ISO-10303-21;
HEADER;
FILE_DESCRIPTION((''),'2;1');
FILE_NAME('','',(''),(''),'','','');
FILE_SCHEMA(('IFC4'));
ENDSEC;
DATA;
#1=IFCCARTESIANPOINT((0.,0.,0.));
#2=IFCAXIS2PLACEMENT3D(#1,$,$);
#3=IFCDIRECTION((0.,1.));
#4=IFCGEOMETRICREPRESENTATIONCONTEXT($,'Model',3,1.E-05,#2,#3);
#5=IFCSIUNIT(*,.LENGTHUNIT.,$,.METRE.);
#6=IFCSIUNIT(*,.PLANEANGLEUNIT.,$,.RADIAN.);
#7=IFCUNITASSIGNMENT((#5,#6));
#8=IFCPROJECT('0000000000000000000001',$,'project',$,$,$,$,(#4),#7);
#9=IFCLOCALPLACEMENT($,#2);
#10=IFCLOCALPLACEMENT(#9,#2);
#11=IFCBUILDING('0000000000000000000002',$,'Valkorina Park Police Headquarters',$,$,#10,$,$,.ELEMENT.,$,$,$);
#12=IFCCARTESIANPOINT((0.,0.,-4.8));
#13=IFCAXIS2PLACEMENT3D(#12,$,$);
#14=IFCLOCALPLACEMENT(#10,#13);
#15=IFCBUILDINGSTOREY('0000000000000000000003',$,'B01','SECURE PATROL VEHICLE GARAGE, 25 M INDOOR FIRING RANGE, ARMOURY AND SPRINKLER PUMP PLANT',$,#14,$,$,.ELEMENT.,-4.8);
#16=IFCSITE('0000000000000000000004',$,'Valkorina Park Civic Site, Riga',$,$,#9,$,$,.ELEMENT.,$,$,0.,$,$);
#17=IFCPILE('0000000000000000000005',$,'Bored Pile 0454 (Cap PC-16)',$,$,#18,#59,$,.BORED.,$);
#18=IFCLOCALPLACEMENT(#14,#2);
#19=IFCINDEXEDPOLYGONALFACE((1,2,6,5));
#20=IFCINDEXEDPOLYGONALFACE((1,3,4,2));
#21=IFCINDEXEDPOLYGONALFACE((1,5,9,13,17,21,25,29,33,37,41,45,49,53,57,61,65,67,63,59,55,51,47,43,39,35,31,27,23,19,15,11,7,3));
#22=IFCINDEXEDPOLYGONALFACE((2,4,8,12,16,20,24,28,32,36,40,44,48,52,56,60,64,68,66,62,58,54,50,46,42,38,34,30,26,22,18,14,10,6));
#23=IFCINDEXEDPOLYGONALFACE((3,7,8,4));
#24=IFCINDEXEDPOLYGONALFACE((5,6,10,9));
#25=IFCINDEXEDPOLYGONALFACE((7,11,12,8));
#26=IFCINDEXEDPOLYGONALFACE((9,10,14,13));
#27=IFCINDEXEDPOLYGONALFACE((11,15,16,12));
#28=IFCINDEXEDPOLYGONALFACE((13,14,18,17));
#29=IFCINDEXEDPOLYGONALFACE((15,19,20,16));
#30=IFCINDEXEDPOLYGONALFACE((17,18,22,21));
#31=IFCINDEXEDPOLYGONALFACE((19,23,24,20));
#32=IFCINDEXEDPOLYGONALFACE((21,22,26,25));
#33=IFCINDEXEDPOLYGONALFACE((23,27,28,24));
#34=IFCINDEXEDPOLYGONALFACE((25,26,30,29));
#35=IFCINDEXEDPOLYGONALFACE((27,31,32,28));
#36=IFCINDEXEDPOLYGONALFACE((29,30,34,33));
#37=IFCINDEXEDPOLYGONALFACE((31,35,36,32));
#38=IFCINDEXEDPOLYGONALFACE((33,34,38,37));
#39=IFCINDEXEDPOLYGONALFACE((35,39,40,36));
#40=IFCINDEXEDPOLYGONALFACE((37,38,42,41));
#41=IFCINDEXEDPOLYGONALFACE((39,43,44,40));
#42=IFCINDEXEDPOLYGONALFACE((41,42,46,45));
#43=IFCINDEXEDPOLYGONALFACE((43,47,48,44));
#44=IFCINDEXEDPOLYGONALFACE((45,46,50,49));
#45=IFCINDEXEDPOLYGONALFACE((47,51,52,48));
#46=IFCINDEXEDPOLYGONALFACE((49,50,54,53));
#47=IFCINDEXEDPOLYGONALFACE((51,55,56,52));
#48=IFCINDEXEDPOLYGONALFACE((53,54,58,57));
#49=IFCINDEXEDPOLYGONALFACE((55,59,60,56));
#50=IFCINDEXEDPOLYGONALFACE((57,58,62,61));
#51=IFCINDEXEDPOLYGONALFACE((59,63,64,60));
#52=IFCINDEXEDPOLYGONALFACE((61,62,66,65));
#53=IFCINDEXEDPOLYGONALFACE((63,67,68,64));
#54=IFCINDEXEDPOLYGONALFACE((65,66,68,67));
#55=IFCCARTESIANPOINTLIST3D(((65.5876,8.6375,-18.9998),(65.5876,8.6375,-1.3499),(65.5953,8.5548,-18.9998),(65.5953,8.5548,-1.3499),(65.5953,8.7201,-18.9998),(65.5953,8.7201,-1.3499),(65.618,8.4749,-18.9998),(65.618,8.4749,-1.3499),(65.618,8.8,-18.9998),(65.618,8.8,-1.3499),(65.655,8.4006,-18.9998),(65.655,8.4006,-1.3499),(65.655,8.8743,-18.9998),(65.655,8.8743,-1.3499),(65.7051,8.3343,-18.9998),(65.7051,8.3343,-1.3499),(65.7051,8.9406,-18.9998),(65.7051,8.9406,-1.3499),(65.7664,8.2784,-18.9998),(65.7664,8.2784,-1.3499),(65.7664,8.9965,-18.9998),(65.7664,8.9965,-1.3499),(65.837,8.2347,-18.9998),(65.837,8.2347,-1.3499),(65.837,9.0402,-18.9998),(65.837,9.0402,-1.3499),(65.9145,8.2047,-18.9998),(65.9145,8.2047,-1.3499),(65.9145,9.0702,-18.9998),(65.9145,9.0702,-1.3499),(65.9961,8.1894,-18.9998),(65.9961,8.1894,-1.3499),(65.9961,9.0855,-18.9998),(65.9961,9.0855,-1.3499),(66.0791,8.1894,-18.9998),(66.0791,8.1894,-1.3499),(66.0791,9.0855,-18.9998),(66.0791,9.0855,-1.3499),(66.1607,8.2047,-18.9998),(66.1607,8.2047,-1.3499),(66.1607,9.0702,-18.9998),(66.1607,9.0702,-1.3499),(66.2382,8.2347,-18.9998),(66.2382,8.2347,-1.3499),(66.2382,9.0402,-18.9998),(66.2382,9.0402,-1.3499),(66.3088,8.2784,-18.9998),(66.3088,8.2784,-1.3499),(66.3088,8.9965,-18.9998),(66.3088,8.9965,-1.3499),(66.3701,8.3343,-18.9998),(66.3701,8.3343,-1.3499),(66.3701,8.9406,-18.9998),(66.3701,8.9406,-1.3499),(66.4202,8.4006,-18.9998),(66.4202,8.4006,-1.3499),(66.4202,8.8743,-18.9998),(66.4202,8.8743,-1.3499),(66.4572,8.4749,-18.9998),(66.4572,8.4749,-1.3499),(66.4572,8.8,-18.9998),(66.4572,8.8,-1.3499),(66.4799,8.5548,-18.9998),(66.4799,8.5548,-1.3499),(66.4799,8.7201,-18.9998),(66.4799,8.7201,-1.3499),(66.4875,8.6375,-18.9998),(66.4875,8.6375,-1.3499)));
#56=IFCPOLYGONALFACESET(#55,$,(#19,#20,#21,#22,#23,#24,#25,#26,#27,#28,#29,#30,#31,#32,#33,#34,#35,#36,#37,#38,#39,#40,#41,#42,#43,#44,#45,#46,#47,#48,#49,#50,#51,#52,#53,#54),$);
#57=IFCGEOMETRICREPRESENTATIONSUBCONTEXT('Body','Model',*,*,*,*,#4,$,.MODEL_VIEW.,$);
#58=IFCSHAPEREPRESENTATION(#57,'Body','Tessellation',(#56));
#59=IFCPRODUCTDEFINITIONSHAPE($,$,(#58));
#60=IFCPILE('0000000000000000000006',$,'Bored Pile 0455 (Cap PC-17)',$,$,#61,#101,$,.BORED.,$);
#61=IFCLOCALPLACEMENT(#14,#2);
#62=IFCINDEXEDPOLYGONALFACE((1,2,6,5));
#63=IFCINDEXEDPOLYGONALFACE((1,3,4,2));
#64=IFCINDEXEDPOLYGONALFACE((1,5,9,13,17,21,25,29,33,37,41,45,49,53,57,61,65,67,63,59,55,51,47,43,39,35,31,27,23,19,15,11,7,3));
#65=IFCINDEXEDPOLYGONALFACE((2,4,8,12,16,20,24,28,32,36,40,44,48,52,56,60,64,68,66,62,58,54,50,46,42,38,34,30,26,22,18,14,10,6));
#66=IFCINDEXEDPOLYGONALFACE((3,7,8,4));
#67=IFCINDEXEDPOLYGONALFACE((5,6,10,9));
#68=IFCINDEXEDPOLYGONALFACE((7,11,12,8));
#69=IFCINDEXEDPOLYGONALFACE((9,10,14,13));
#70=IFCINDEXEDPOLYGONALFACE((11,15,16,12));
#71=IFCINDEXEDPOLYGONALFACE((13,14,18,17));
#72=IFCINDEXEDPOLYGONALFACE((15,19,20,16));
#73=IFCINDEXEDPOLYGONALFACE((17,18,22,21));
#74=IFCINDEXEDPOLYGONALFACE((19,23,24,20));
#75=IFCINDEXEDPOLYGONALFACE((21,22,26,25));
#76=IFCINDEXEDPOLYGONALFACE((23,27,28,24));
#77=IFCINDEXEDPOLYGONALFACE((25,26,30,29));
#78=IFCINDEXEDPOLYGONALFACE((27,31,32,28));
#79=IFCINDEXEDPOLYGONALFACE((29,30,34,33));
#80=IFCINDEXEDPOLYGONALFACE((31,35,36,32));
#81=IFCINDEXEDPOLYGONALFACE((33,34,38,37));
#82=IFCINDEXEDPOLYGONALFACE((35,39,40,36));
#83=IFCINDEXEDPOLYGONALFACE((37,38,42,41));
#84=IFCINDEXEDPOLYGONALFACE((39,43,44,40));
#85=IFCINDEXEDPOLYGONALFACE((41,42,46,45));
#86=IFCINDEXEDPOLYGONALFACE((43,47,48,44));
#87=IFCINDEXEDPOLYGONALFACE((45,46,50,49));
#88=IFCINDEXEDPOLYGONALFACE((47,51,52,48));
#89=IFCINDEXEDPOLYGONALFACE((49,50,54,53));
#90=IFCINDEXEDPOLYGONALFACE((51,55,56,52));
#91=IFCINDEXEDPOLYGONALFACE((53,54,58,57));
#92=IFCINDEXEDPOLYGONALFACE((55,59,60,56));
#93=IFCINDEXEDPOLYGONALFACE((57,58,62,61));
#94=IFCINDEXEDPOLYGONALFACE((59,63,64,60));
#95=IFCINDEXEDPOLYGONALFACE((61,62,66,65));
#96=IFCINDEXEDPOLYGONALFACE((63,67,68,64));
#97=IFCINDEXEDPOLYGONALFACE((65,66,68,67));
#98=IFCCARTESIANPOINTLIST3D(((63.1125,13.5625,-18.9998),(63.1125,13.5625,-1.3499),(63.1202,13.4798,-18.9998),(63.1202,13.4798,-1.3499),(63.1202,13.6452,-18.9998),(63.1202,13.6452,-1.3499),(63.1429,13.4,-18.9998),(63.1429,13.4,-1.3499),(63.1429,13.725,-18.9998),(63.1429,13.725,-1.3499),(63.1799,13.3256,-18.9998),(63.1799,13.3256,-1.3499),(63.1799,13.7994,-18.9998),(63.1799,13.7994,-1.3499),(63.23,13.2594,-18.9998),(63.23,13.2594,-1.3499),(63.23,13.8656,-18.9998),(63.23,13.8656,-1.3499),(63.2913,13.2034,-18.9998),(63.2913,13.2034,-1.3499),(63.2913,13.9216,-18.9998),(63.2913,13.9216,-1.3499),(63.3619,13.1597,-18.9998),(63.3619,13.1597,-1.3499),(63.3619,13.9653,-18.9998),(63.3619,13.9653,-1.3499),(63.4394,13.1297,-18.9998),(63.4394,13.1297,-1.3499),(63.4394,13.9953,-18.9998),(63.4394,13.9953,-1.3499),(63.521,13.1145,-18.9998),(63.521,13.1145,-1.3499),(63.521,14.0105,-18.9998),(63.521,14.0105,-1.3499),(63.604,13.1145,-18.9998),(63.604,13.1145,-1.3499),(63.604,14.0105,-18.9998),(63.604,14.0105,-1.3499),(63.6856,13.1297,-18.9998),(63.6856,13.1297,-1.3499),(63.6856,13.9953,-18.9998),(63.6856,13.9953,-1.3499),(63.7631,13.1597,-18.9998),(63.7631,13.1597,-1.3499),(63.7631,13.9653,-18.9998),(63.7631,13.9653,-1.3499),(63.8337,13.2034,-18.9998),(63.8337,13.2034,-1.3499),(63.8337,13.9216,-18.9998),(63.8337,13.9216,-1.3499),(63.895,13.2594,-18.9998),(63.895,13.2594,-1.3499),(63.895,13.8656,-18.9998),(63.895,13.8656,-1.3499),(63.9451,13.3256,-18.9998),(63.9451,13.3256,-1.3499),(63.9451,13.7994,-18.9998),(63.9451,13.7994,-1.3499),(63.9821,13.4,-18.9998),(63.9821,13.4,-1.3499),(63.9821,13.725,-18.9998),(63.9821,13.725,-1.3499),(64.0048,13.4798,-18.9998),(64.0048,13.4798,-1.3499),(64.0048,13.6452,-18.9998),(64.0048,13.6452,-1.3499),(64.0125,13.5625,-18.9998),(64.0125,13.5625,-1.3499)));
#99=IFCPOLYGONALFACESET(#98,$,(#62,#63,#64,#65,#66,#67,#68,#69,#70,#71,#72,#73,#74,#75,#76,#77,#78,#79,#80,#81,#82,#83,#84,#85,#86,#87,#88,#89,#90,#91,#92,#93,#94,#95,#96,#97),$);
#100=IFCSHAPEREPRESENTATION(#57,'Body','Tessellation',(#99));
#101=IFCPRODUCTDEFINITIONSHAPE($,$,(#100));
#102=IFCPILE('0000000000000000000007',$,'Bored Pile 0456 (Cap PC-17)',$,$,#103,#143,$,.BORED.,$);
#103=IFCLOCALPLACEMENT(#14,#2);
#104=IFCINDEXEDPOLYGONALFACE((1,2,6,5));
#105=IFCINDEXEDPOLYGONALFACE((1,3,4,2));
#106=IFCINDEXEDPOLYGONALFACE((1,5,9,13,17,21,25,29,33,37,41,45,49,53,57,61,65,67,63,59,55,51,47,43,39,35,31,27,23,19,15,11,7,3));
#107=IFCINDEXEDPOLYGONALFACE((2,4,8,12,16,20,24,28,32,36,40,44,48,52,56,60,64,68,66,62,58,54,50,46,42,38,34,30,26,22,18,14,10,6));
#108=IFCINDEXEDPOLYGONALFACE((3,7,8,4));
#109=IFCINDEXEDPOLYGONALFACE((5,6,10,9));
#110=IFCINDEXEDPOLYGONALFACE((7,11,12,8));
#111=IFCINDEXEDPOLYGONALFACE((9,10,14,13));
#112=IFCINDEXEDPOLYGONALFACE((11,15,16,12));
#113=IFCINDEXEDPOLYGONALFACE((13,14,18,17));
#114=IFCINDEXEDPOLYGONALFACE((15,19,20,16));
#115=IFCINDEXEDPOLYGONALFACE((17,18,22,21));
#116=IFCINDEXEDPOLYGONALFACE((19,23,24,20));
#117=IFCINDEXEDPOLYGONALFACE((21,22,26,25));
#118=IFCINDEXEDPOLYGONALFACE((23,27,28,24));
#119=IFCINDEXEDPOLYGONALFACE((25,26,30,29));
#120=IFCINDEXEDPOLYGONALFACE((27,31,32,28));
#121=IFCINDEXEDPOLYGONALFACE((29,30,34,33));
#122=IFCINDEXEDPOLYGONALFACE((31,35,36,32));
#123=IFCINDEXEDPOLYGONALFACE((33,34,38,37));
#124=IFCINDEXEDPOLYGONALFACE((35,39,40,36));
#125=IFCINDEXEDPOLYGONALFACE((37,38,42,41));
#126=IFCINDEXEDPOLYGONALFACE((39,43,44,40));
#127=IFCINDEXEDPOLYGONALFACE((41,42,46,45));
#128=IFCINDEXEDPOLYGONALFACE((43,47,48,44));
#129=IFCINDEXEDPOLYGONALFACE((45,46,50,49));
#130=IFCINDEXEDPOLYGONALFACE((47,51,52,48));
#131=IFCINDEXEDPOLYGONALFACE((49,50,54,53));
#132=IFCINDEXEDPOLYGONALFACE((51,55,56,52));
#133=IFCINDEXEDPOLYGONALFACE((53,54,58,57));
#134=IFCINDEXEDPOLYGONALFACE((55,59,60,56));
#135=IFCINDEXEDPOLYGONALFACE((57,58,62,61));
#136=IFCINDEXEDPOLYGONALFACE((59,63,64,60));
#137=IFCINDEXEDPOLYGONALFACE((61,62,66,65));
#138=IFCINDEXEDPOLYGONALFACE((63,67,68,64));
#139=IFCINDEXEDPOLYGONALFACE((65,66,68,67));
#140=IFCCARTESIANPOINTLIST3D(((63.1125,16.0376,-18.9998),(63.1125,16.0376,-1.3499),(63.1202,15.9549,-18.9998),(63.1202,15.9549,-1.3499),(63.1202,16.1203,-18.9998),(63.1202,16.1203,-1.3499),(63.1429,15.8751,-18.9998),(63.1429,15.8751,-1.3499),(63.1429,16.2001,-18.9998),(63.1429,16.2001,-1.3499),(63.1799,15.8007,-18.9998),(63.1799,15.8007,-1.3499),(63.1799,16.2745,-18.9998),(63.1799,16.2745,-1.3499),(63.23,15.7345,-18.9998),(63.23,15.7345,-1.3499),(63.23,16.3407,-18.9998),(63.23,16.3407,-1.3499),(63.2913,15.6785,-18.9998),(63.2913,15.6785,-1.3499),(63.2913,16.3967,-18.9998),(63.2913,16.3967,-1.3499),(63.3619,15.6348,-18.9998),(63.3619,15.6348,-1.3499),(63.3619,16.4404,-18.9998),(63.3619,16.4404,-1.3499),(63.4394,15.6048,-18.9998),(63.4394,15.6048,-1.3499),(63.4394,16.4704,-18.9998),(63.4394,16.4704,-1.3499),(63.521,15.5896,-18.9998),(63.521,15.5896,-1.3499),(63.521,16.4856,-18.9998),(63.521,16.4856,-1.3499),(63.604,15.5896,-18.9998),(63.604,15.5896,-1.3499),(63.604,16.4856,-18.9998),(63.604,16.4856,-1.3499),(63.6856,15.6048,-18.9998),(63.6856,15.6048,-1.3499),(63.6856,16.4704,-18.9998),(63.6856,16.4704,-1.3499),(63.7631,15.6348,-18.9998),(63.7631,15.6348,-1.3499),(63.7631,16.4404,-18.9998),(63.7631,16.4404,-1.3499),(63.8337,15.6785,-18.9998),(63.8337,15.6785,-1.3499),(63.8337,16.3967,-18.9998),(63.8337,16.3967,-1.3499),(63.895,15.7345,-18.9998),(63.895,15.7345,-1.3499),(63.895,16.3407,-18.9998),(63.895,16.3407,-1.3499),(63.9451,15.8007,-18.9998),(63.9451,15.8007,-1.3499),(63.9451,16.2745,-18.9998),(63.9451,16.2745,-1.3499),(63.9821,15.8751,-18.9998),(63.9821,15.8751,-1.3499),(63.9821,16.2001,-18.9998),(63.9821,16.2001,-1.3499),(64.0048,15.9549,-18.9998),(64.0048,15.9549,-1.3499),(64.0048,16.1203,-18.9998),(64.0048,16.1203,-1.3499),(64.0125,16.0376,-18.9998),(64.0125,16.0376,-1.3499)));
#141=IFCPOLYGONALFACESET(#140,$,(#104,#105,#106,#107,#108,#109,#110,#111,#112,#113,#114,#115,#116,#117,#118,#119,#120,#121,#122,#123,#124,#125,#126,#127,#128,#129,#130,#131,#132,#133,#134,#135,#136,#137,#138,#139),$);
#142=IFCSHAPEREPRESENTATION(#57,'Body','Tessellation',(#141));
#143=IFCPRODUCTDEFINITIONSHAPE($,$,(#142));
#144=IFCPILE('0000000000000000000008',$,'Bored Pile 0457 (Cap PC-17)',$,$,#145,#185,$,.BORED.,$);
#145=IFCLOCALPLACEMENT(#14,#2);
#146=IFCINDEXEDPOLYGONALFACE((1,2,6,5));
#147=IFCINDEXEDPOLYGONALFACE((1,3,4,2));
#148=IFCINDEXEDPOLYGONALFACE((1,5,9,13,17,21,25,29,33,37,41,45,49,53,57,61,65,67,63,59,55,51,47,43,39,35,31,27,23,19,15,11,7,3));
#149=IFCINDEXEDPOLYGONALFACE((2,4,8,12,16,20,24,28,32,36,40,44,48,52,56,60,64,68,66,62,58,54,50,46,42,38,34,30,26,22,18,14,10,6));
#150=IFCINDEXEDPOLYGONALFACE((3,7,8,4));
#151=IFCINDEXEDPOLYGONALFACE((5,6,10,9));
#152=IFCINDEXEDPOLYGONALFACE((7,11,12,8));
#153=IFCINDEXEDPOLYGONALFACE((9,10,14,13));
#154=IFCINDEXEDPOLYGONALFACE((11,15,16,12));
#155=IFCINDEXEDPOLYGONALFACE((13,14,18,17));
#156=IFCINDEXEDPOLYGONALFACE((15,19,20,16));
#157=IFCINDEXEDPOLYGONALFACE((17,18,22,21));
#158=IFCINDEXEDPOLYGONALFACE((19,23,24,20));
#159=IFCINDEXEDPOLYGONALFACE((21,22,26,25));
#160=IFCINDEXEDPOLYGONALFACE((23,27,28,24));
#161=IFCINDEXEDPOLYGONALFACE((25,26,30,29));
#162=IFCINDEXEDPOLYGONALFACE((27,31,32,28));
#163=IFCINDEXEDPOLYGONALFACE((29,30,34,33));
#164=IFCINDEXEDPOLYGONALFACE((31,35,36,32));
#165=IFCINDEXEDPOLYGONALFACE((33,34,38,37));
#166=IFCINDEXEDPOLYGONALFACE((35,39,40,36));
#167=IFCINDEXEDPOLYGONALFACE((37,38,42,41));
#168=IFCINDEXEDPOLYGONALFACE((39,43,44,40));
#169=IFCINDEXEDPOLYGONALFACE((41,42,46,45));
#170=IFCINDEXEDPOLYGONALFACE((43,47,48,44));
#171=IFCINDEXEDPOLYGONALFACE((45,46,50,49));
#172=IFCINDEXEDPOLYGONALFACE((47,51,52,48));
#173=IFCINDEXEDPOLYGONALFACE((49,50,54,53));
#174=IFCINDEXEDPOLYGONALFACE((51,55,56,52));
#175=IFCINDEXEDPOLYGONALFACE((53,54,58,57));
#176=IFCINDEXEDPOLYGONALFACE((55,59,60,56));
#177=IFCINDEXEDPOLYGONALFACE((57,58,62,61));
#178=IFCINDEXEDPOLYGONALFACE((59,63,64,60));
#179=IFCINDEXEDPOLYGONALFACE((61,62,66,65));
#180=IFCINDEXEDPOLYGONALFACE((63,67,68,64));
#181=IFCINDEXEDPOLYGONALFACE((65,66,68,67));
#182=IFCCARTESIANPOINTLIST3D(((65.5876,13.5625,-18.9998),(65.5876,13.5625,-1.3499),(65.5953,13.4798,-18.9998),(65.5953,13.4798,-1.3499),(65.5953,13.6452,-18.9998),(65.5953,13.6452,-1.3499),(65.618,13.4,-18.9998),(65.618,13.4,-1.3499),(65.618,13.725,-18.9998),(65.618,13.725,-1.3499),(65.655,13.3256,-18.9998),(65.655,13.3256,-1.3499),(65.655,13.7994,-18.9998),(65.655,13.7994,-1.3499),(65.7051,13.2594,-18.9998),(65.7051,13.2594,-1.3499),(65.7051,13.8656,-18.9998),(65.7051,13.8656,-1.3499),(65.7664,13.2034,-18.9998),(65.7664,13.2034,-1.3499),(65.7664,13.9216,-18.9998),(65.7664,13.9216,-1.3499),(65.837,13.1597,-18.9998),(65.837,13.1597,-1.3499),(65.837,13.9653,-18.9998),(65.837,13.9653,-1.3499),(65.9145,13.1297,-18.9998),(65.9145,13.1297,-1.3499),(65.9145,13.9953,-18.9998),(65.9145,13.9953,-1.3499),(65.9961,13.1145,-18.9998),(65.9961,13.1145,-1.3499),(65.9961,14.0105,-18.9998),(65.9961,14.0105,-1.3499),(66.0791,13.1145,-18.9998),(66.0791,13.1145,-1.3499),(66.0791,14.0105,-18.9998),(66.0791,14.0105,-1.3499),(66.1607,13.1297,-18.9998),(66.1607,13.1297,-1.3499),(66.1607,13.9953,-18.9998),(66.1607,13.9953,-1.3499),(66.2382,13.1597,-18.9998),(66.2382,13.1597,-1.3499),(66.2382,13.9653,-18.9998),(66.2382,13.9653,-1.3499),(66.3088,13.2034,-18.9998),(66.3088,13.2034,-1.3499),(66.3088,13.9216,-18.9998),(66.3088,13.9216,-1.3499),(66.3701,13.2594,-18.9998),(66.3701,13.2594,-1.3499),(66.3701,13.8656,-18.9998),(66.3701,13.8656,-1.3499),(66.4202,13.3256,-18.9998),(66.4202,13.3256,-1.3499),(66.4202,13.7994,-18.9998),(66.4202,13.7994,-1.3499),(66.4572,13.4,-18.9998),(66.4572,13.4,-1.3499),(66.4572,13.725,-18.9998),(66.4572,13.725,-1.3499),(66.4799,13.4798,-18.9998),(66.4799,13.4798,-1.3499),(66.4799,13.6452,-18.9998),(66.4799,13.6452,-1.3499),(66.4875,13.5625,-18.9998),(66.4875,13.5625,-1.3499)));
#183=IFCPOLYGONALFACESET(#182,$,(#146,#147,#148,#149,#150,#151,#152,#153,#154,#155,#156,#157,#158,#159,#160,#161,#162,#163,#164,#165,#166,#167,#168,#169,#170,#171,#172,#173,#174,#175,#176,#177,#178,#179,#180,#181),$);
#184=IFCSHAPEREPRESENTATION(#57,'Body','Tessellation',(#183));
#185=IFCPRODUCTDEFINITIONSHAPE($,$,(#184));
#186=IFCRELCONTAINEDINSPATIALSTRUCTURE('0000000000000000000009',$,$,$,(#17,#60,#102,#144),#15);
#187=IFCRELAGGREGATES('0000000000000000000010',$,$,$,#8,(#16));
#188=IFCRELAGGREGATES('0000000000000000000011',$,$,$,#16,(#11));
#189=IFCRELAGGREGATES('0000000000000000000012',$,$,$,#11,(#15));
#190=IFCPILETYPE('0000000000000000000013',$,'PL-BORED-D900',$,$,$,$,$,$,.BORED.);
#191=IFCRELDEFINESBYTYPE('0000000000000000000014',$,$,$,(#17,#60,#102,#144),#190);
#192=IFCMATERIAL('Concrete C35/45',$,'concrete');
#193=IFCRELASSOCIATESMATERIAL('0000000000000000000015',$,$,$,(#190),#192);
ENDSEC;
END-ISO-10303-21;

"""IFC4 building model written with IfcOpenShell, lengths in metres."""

from ifc_helpers import new_model, si_unit, direction, frame, origin, origin_2d, place, context, subcontext, project, spatial, circle, extrude, material, material_profile, profile_set, type_object, element, save


model = new_model("IFC4")

# Units and contexts
model_context = context("Model", 3, precision=1e-05, world=origin(), true_north=direction((0.0, 1.0)))
body_context = subcontext(model_context, "Body", "Model", "MODEL_VIEW")
ifc_project = project(units=[si_unit("LENGTHUNIT", "METRE"), si_unit("PLANEANGLEUNIT", "RADIAN")], contexts=[model_context])

# Site, building, storey
site_placement = place(None, origin())
site = spatial("IfcSite", under=ifc_project, at=site_placement, Name="Valkorina Park Civic Site, Riga", CompositionType="ELEMENT", RefElevation=0.0)
building_placement = place(site_placement, origin())
building = spatial("IfcBuilding", under=site, at=building_placement, Name="Valkorina Park Police Headquarters", CompositionType="ELEMENT")
storey_placement = place(building_placement, frame((0.0, 0.0, -4.8)))
storey = spatial("IfcBuildingStorey", under=building, at=storey_placement, Name="B01", Description="SECURE PATROL VEHICLE GARAGE, 25 M INDOOR FIRING RANGE, ARMOURY AND SPRINKLER PUMP PLANT", CompositionType="ELEMENT", Elevation=-4.8)

# Piles
ifc_material_1 = material(Name="Concrete C35/45", Category="concrete")
ifc_material_profile_1 = material_profile(ifc_material_1, circle(Radius=0.45, at=origin_2d()), Name="BORED PILE D900")
ifc_profile_set_1 = profile_set([ifc_material_profile_1], Name="Concrete C35/45")
pile_type_1 = type_object("IfcPileType", Name="PL-BORED-D900", PredefinedType="BORED", material=ifc_profile_set_1)
for number, where, z_axis, x_axis, name in (
    (1, (66.0376, 8.6375, -1.3499), (0.0, 0.0, -1.0), (1.0, 0.0, 0.0), "Bored Pile 0454 (Cap PC-16)"),
    (2, (63.5625, 13.5625, -1.3499), (0.0, 0.0, -1.0), (1.0, 0.0, 0.0), "Bored Pile 0455 (Cap PC-17)"),
    (3, (63.5625, 16.0376, -1.3499), (0.0, 0.0, -1.0), (1.0, 0.0, 0.0), "Bored Pile 0456 (Cap PC-17)"),
    (4, (66.0376, 13.5625, -1.3499), (0.0, 0.0, -1.0), (1.0, 0.0, 0.0), "Bored Pile 0457 (Cap PC-17)"),
):
    element("IfcPile", number, at=place(storey_placement, frame(where, z_axis=z_axis, x_axis=x_axis)), inside=storey, type_object=pile_type_1, Name=name, PredefinedType="BORED", context=body_context, shape_type="SweptSolid", body=[
        extrude(circle(Radius=0.45, at=origin_2d()), origin(), (0.0, 0.0, 1.0), 17.6499),
    ])

save(model, "model.ifc")
